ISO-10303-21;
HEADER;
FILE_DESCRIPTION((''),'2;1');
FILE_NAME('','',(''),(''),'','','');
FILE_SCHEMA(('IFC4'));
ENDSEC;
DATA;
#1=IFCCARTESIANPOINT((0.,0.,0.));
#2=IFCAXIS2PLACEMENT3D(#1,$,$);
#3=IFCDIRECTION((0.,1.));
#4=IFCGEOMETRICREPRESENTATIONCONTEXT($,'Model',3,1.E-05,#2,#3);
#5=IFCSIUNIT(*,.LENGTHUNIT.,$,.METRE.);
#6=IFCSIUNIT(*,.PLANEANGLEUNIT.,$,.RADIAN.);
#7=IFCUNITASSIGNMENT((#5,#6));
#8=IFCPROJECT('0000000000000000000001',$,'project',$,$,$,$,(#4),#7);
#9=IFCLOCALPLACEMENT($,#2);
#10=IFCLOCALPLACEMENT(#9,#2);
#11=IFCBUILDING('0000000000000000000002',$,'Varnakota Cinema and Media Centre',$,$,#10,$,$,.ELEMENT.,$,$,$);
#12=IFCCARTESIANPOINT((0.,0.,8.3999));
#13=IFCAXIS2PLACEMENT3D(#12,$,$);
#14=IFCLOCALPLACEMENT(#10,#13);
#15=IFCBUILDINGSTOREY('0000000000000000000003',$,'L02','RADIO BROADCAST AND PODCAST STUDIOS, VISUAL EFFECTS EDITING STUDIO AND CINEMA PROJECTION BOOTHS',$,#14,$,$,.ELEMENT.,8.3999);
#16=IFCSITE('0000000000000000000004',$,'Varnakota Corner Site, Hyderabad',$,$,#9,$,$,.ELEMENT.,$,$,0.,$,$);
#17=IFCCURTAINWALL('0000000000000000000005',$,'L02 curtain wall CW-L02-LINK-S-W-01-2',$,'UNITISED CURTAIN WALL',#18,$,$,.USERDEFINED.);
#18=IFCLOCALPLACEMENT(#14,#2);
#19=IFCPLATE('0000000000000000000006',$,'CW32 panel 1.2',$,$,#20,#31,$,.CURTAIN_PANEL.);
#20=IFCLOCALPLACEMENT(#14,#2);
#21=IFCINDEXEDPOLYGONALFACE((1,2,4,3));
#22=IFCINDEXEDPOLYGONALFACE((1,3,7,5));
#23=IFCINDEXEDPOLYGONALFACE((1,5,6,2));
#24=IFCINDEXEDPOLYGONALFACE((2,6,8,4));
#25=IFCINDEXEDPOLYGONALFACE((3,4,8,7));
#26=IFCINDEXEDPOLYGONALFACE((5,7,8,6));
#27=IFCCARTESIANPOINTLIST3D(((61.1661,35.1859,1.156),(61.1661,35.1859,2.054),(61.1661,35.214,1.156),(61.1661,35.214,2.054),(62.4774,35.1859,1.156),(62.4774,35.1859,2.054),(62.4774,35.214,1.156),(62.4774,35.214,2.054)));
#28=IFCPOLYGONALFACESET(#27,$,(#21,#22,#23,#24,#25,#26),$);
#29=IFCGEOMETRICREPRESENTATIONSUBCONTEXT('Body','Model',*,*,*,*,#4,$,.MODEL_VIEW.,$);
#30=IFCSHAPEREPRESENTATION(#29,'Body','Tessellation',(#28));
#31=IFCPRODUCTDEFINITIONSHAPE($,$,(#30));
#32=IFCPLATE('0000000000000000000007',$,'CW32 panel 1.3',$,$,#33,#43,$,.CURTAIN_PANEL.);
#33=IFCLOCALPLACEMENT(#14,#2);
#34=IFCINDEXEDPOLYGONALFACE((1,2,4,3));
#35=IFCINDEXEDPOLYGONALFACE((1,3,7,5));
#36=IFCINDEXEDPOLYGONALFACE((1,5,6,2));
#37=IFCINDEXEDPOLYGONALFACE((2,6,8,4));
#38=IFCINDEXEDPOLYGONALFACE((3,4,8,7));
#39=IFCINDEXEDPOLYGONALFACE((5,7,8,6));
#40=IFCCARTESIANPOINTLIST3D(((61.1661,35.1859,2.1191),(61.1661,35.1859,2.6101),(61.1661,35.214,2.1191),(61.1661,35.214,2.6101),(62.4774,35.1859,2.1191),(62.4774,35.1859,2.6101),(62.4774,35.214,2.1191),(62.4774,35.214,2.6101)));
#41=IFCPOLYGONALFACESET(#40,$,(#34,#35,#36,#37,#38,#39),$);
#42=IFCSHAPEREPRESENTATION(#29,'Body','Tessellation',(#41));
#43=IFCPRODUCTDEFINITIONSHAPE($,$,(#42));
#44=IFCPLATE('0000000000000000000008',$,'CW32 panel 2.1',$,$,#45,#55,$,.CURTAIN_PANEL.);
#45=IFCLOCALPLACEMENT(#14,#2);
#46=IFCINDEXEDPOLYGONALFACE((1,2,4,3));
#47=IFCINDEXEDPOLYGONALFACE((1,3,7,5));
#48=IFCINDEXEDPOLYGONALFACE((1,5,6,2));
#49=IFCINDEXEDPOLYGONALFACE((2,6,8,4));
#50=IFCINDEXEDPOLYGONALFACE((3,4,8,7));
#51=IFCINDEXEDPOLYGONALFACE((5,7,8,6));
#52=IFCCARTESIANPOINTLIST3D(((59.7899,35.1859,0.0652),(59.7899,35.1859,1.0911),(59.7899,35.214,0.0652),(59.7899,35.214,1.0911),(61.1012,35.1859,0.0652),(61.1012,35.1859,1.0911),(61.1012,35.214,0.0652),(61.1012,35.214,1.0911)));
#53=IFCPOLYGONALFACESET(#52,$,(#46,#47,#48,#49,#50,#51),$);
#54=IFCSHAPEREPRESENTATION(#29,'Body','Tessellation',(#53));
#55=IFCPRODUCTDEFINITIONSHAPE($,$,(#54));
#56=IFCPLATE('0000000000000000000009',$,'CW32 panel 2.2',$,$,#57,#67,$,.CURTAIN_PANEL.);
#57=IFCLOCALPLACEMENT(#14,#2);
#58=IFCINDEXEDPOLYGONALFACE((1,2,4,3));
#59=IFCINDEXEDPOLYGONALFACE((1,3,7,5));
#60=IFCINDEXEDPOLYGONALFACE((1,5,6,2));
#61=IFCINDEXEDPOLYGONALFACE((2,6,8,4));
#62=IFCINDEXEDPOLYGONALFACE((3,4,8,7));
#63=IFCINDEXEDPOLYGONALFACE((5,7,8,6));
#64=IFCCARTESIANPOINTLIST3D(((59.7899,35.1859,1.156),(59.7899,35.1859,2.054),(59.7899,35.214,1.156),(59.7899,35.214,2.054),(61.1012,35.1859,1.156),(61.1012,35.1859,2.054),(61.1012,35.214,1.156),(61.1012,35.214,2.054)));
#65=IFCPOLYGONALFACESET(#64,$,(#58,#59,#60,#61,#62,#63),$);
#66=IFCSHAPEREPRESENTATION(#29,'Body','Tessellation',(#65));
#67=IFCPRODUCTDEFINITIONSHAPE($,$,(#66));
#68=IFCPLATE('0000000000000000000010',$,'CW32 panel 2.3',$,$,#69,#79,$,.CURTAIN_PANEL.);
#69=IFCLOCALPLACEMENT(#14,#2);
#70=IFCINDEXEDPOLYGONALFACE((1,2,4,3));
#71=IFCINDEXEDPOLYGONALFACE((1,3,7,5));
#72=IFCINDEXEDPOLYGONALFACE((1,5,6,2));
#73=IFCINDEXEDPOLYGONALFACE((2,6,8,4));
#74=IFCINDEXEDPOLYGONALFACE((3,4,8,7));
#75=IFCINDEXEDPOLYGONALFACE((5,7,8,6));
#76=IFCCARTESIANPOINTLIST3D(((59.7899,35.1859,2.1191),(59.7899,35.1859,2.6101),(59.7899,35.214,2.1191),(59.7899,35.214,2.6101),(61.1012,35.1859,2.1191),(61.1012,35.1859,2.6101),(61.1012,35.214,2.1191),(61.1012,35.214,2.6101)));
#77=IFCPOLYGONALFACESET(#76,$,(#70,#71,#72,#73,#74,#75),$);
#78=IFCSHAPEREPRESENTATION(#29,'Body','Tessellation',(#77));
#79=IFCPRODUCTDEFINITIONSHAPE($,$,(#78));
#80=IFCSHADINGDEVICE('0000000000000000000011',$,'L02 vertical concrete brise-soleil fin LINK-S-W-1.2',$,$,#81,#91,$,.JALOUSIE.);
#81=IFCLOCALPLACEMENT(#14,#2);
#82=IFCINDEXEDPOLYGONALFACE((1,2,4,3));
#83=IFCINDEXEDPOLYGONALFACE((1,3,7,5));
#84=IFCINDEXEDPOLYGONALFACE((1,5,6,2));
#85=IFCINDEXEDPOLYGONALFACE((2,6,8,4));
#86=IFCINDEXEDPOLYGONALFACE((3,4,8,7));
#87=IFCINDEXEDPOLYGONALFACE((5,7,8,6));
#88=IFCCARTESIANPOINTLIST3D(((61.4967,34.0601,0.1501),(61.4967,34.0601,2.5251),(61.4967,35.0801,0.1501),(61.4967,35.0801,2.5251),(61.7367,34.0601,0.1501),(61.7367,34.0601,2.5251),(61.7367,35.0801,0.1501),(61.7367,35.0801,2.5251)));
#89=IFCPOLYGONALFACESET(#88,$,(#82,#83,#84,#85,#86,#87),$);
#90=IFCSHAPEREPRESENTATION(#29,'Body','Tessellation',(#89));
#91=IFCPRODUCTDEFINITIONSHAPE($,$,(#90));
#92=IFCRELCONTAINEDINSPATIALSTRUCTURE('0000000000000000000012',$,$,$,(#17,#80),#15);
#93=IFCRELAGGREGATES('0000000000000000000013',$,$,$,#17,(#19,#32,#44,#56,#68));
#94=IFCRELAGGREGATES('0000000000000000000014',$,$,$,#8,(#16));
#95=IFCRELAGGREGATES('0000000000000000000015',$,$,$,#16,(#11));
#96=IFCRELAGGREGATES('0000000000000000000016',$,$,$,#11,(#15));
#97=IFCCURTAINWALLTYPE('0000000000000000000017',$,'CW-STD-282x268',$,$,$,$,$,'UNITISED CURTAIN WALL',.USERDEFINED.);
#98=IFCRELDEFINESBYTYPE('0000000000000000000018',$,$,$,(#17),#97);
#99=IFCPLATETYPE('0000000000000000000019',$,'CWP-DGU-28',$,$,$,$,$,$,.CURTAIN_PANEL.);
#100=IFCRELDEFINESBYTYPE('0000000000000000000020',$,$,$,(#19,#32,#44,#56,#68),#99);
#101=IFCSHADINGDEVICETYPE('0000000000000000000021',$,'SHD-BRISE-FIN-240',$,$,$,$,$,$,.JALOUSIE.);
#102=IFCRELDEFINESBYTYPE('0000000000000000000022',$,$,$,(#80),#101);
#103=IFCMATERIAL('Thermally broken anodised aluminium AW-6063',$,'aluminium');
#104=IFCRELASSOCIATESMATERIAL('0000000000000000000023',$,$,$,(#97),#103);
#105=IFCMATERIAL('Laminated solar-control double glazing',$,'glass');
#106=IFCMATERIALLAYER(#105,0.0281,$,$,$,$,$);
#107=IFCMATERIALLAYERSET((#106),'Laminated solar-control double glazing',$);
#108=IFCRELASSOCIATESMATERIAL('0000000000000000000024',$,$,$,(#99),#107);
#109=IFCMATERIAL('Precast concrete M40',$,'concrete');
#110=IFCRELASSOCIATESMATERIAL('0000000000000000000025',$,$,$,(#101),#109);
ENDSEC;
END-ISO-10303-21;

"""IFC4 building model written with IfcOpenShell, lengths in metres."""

from ifc_helpers import new_model, si_unit, direction, frame, origin, origin_2d, place, context, subcontext, project, spatial, rectangle, extrude, material, layer, layer_set, type_object, element, aggregate, save


model = new_model("IFC4")

# Units and contexts
model_context = context("Model", 3, precision=1e-05, world=origin(), true_north=direction((0.0, 1.0)))
body_context = subcontext(model_context, "Body", "Model", "MODEL_VIEW")
ifc_project = project(units=[si_unit("LENGTHUNIT", "METRE"), si_unit("PLANEANGLEUNIT", "RADIAN")], contexts=[model_context])

# Site, building, storey
site_placement = place(None, origin())
site = spatial("IfcSite", under=ifc_project, at=site_placement, Name="Varnakota Corner Site, Hyderabad", CompositionType="ELEMENT", RefElevation=0.0)
building_placement = place(site_placement, origin())
building = spatial("IfcBuilding", under=site, at=building_placement, Name="Varnakota Cinema and Media Centre", CompositionType="ELEMENT")
storey_placement = place(building_placement, frame((0.0, 0.0, 8.3999)))
storey = spatial("IfcBuildingStorey", under=building, at=storey_placement, Name="L02", Description="RADIO BROADCAST AND PODCAST STUDIOS, VISUAL EFFECTS EDITING STUDIO AND CINEMA PROJECTION BOOTHS", CompositionType="ELEMENT", Elevation=8.3999)

# Shared definitions
ifc_material_1 = material(Name="Thermally broken anodised aluminium AW-6063", Category="aluminium")
curtain_wall_type_1 = type_object("IfcCurtainWallType", Name="CW-STD-282x268", ElementType="UNITISED CURTAIN WALL", PredefinedType="USERDEFINED", material=ifc_material_1)

# Curtain wall
curtain_wall_1_placement = place(storey_placement, origin())
curtain_wall_1 = element("IfcCurtainWall", 1, at=curtain_wall_1_placement, inside=storey, type_object=curtain_wall_type_1, Name="L02 curtain wall CW-L02-LINK-S-W-01-2", ObjectType="UNITISED CURTAIN WALL", PredefinedType="USERDEFINED")

# Plates
ifc_material_2 = material(Name="Laminated solar-control double glazing", Category="glass")
ifc_layer = layer(ifc_material_2, 0.0281)
ifc_layer_set = layer_set([ifc_layer], Name="Laminated solar-control double glazing")
plate_type = type_object("IfcPlateType", Name="CWP-DGU-28", PredefinedType="CURTAIN_PANEL", material=ifc_layer_set)
plate_1_placement = place(storey_placement, frame((61.8218, 35.2, 1.156), z_axis=(0.0, 0.0, 1.0), x_axis=(-1.0, 0.0, 0.0)))
plate_1 = element("IfcPlate", 2, at=plate_1_placement, type_object=plate_type, Name="CW32 panel 1.2", PredefinedType="CURTAIN_PANEL", context=body_context, shape_type="SweptSolid", body=[
    extrude(rectangle(XDim=1.3113, YDim=0.0281, at=origin_2d()), origin(), (0.0, 0.0, 1.0), 0.8979),
])
plate_2_placement = place(storey_placement, frame((61.8218, 35.2, 2.1191), z_axis=(0.0, 0.0, 1.0), x_axis=(-1.0, 0.0, 0.0)))
plate_2 = element("IfcPlate", 3, at=plate_2_placement, type_object=plate_type, Name="CW32 panel 1.3", PredefinedType="CURTAIN_PANEL", context=body_context, shape_type="SweptSolid", body=[
    extrude(rectangle(XDim=1.3113, YDim=0.0281, at=origin_2d()), origin(), (0.0, 0.0, 1.0), 0.491),
])
plate_3_placement = place(storey_placement, frame((60.4456, 35.2, 0.0652), z_axis=(0.0, 0.0, 1.0), x_axis=(-1.0, 0.0, 0.0)))
plate_3 = element("IfcPlate", 4, at=plate_3_placement, type_object=plate_type, Name="CW32 panel 2.1", PredefinedType="CURTAIN_PANEL", context=body_context, shape_type="SweptSolid", body=[
    extrude(rectangle(XDim=1.3113, YDim=0.0281, at=origin_2d()), origin(), (0.0, 0.0, 1.0), 1.0259),
])
plate_4_placement = place(storey_placement, frame((60.4456, 35.2, 1.156), z_axis=(0.0, 0.0, 1.0), x_axis=(-1.0, 0.0, 0.0)))
plate_4 = element("IfcPlate", 5, at=plate_4_placement, type_object=plate_type, Name="CW32 panel 2.2", PredefinedType="CURTAIN_PANEL", context=body_context, shape_type="SweptSolid", body=[
    extrude(rectangle(XDim=1.3113, YDim=0.0281, at=origin_2d()), origin(), (0.0, 0.0, 1.0), 0.8979),
])
plate_5_placement = place(storey_placement, frame((60.4456, 35.2, 2.1191), z_axis=(0.0, 0.0, 1.0), x_axis=(-1.0, 0.0, 0.0)))
plate_5 = element("IfcPlate", 6, at=plate_5_placement, type_object=plate_type, Name="CW32 panel 2.3", PredefinedType="CURTAIN_PANEL", context=body_context, shape_type="SweptSolid", body=[
    extrude(rectangle(XDim=1.3113, YDim=0.0281, at=origin_2d()), origin(), (0.0, 0.0, 1.0), 0.491),
])
aggregate(curtain_wall_1, [plate_1, plate_2, plate_3, plate_4, plate_5])

# Shading device
ifc_material_3 = material(Name="Precast concrete M40", Category="concrete")
shading_device_type = type_object("IfcShadingDeviceType", Name="SHD-BRISE-FIN-240", PredefinedType="JALOUSIE", material=ifc_material_3)
shading_device_placement = place(storey_placement, frame((61.6167, 34.5701, 0.1501), z_axis=(0.0, 0.0, 1.0), x_axis=(-1.0, 0.0, 0.0)))
element("IfcShadingDevice", 7, at=shading_device_placement, inside=storey, type_object=shading_device_type, Name="L02 vertical concrete brise-soleil fin LINK-S-W-1.2", PredefinedType="JALOUSIE", context=body_context, shape_type="SweptSolid", body=[
    extrude(rectangle(XDim=0.24, YDim=1.02, at=origin_2d()), origin(), (0.0, 0.0, 1.0), 2.375),
])

save(model, "model.ifc")
